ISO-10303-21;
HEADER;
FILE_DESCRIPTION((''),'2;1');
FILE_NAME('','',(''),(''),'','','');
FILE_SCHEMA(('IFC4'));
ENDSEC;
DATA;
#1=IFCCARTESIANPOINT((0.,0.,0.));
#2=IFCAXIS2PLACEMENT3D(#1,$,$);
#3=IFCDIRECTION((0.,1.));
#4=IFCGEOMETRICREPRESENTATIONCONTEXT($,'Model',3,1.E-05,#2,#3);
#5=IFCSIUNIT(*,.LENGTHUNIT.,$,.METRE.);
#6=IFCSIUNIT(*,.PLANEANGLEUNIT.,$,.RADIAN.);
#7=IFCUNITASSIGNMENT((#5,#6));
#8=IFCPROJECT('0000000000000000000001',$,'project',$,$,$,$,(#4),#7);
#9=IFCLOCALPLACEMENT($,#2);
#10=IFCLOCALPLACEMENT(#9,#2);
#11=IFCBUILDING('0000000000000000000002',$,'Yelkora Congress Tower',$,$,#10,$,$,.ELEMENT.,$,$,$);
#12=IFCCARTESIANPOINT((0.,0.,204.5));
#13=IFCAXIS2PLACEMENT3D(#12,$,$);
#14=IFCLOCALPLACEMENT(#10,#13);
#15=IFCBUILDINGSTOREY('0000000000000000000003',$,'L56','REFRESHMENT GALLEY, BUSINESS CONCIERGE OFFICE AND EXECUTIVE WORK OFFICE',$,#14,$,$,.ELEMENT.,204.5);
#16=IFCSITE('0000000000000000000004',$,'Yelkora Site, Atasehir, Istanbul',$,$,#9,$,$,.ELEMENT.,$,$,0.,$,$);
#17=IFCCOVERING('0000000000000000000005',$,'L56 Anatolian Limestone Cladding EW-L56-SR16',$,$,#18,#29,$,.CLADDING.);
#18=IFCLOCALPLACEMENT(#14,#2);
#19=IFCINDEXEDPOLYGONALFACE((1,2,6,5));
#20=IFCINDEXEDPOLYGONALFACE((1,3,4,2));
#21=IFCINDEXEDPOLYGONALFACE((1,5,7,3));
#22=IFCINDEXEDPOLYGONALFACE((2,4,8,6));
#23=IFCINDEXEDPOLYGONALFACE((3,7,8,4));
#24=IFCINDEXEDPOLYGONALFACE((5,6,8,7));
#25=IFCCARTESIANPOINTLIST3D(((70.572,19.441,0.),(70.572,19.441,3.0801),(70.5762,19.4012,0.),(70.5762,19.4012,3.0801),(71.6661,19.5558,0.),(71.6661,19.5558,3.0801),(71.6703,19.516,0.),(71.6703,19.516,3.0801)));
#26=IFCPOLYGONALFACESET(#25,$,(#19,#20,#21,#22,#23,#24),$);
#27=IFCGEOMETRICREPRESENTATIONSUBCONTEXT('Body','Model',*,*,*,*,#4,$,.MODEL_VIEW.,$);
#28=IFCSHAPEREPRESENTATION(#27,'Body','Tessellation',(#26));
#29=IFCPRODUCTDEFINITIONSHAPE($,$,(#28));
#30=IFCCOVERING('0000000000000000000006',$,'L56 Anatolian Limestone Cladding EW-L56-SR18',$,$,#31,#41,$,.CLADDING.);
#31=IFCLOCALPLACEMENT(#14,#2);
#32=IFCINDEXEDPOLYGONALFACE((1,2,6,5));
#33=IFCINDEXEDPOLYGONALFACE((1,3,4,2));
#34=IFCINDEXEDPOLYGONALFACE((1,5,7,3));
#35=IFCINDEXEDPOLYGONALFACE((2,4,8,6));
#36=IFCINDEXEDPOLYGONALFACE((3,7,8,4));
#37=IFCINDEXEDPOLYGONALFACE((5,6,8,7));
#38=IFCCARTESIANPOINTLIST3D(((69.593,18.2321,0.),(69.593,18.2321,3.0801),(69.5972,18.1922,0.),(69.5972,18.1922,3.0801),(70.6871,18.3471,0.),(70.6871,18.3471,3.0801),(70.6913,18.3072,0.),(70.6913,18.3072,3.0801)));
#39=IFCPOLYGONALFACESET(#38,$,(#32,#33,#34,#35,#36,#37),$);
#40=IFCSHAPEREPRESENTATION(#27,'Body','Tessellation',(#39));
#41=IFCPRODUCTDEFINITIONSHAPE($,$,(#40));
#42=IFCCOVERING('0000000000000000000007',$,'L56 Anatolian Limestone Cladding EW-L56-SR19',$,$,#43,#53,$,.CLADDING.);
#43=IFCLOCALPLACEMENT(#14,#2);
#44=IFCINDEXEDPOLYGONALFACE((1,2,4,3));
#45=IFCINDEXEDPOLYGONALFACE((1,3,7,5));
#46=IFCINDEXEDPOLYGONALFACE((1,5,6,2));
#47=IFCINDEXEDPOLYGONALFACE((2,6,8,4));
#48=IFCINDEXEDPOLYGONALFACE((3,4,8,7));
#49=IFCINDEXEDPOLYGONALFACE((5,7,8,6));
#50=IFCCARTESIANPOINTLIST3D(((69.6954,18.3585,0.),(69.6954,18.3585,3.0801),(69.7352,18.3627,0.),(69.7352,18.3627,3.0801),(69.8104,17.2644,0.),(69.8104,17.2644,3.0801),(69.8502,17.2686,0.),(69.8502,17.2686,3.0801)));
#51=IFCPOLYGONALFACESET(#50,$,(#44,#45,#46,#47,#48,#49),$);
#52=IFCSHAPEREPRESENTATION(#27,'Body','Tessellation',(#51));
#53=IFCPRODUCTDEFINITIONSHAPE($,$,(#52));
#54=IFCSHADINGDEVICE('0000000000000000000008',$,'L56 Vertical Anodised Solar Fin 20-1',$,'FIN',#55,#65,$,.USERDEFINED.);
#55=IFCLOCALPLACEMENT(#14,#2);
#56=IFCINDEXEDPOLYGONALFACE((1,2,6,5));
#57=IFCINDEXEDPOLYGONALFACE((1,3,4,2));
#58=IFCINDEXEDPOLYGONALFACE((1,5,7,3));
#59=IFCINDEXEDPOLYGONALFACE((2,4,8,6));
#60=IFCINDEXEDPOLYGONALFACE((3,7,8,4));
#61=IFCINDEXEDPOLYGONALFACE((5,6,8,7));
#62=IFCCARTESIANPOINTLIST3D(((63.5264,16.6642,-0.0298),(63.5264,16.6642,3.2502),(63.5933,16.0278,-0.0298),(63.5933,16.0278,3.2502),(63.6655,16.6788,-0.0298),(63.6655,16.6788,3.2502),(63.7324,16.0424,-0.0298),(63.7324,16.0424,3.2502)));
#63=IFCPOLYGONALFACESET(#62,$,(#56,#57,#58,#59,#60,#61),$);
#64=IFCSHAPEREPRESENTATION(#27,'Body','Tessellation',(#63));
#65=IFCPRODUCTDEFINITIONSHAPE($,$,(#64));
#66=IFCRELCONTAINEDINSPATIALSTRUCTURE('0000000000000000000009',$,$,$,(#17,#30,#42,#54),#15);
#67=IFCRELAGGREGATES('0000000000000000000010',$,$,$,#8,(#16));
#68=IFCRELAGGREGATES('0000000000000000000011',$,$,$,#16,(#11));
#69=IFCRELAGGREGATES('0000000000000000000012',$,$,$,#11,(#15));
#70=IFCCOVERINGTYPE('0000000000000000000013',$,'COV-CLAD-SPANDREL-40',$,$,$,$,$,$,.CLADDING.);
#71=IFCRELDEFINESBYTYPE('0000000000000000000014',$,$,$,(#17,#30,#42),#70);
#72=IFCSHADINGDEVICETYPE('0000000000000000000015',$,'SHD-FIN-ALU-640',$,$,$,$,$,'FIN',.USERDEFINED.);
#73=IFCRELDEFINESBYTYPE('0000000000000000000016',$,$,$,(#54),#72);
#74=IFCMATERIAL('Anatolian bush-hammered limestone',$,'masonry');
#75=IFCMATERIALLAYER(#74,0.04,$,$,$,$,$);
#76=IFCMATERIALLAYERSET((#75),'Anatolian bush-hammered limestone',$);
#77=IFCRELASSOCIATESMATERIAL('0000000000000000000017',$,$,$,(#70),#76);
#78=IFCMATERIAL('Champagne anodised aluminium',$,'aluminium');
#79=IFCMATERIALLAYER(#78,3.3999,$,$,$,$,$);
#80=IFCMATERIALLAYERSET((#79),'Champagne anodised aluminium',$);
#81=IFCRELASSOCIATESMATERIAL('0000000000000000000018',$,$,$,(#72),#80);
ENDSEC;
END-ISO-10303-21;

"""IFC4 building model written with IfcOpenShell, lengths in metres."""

from ifc_helpers import new_model, si_unit, direction, frame, frame_2d, origin, origin_2d, place, context, subcontext, project, spatial, rectangle, extrude, material, layer, layer_set, type_object, element, save


model = new_model("IFC4")

# Units and contexts
model_context = context("Model", 3, precision=1e-05, world=origin(), true_north=direction((0.0, 1.0)))
body_context = subcontext(model_context, "Body", "Model", "MODEL_VIEW")
ifc_project = project(units=[si_unit("LENGTHUNIT", "METRE"), si_unit("PLANEANGLEUNIT", "RADIAN")], contexts=[model_context])

# Site, building, storey
site_placement = place(None, origin())
site = spatial("IfcSite", under=ifc_project, at=site_placement, Name="Yelkora Site, Atasehir, Istanbul", CompositionType="ELEMENT", RefElevation=0.0)
building_placement = place(site_placement, origin())
building = spatial("IfcBuilding", under=site, at=building_placement, Name="Yelkora Congress Tower", CompositionType="ELEMENT")
storey_placement = place(building_placement, frame((0.0, 0.0, 204.5)))
storey = spatial("IfcBuildingStorey", under=building, at=storey_placement, Name="L56", Description="REFRESHMENT GALLEY, BUSINESS CONCIERGE OFFICE AND EXECUTIVE WORK OFFICE", CompositionType="ELEMENT", Elevation=204.5)

# Coverings
ifc_material_1 = material(Name="Anatolian bush-hammered limestone", Category="masonry")
ifc_layer_1 = layer(ifc_material_1, 0.04)
ifc_layer_set_1 = layer_set([ifc_layer_1], Name="Anatolian bush-hammered limestone")
covering_type = type_object("IfcCoveringType", Name="COV-CLAD-SPANDREL-40", PredefinedType="CLADDING", material=ifc_layer_set_1)
for number, where, z_axis, x_axis, name in (
    (1, (71.6682, 19.5359, 0.0), (0.0, 0.0, 1.0), (-0.994544, -0.104315, 0.0), "L56 Anatolian Limestone Cladding EW-L56-SR16"),
    (2, (70.6892, 18.3271, 0.0), (0.0, 0.0, 1.0), (-0.994521, -0.104535, 0.0), "L56 Anatolian Limestone Cladding EW-L56-SR18"),
    (3, (69.7153, 18.3606, 0.0), (0.0, 0.0, 1.0), (0.104535, -0.994521, 0.0), "L56 Anatolian Limestone Cladding EW-L56-SR19"),
):
    element("IfcCovering", number, at=place(storey_placement, frame(where, z_axis=z_axis, x_axis=x_axis)), inside=storey, type_object=covering_type, Name=name, PredefinedType="CLADDING", context=body_context, shape_type="SweptSolid", body=[
        extrude(rectangle(XDim=1.1001, YDim=0.04, at=frame_2d((0.55, 0.0))), origin(), (0.0, 0.0, 1.0), 3.0801),
    ])

# Shading device
ifc_material_2 = material(Name="Champagne anodised aluminium", Category="aluminium")
ifc_layer_2 = layer(ifc_material_2, 3.3999)
ifc_layer_set_2 = layer_set([ifc_layer_2], Name="Champagne anodised aluminium")
shading_device_type = type_object("IfcShadingDeviceType", Name="SHD-FIN-ALU-640", ElementType="FIN", PredefinedType="USERDEFINED", material=ifc_layer_set_2)
shading_device_placement = place(storey_placement, frame((63.6294, 16.3533, -0.0298), z_axis=(0.0, 0.0, 1.0), x_axis=(-0.994522, -0.104528, 0.0)))
element("IfcShadingDevice", 4, at=shading_device_placement, inside=storey, type_object=shading_device_type, Name="L56 Vertical Anodised Solar Fin 20-1", ObjectType="FIN", PredefinedType="USERDEFINED", context=body_context, shape_type="SweptSolid", body=[
    extrude(rectangle(XDim=0.1399, YDim=0.6399, at=origin_2d()), origin(), (0.0, 0.0, 1.0), 3.28),
])

save(model, "model.ifc")
